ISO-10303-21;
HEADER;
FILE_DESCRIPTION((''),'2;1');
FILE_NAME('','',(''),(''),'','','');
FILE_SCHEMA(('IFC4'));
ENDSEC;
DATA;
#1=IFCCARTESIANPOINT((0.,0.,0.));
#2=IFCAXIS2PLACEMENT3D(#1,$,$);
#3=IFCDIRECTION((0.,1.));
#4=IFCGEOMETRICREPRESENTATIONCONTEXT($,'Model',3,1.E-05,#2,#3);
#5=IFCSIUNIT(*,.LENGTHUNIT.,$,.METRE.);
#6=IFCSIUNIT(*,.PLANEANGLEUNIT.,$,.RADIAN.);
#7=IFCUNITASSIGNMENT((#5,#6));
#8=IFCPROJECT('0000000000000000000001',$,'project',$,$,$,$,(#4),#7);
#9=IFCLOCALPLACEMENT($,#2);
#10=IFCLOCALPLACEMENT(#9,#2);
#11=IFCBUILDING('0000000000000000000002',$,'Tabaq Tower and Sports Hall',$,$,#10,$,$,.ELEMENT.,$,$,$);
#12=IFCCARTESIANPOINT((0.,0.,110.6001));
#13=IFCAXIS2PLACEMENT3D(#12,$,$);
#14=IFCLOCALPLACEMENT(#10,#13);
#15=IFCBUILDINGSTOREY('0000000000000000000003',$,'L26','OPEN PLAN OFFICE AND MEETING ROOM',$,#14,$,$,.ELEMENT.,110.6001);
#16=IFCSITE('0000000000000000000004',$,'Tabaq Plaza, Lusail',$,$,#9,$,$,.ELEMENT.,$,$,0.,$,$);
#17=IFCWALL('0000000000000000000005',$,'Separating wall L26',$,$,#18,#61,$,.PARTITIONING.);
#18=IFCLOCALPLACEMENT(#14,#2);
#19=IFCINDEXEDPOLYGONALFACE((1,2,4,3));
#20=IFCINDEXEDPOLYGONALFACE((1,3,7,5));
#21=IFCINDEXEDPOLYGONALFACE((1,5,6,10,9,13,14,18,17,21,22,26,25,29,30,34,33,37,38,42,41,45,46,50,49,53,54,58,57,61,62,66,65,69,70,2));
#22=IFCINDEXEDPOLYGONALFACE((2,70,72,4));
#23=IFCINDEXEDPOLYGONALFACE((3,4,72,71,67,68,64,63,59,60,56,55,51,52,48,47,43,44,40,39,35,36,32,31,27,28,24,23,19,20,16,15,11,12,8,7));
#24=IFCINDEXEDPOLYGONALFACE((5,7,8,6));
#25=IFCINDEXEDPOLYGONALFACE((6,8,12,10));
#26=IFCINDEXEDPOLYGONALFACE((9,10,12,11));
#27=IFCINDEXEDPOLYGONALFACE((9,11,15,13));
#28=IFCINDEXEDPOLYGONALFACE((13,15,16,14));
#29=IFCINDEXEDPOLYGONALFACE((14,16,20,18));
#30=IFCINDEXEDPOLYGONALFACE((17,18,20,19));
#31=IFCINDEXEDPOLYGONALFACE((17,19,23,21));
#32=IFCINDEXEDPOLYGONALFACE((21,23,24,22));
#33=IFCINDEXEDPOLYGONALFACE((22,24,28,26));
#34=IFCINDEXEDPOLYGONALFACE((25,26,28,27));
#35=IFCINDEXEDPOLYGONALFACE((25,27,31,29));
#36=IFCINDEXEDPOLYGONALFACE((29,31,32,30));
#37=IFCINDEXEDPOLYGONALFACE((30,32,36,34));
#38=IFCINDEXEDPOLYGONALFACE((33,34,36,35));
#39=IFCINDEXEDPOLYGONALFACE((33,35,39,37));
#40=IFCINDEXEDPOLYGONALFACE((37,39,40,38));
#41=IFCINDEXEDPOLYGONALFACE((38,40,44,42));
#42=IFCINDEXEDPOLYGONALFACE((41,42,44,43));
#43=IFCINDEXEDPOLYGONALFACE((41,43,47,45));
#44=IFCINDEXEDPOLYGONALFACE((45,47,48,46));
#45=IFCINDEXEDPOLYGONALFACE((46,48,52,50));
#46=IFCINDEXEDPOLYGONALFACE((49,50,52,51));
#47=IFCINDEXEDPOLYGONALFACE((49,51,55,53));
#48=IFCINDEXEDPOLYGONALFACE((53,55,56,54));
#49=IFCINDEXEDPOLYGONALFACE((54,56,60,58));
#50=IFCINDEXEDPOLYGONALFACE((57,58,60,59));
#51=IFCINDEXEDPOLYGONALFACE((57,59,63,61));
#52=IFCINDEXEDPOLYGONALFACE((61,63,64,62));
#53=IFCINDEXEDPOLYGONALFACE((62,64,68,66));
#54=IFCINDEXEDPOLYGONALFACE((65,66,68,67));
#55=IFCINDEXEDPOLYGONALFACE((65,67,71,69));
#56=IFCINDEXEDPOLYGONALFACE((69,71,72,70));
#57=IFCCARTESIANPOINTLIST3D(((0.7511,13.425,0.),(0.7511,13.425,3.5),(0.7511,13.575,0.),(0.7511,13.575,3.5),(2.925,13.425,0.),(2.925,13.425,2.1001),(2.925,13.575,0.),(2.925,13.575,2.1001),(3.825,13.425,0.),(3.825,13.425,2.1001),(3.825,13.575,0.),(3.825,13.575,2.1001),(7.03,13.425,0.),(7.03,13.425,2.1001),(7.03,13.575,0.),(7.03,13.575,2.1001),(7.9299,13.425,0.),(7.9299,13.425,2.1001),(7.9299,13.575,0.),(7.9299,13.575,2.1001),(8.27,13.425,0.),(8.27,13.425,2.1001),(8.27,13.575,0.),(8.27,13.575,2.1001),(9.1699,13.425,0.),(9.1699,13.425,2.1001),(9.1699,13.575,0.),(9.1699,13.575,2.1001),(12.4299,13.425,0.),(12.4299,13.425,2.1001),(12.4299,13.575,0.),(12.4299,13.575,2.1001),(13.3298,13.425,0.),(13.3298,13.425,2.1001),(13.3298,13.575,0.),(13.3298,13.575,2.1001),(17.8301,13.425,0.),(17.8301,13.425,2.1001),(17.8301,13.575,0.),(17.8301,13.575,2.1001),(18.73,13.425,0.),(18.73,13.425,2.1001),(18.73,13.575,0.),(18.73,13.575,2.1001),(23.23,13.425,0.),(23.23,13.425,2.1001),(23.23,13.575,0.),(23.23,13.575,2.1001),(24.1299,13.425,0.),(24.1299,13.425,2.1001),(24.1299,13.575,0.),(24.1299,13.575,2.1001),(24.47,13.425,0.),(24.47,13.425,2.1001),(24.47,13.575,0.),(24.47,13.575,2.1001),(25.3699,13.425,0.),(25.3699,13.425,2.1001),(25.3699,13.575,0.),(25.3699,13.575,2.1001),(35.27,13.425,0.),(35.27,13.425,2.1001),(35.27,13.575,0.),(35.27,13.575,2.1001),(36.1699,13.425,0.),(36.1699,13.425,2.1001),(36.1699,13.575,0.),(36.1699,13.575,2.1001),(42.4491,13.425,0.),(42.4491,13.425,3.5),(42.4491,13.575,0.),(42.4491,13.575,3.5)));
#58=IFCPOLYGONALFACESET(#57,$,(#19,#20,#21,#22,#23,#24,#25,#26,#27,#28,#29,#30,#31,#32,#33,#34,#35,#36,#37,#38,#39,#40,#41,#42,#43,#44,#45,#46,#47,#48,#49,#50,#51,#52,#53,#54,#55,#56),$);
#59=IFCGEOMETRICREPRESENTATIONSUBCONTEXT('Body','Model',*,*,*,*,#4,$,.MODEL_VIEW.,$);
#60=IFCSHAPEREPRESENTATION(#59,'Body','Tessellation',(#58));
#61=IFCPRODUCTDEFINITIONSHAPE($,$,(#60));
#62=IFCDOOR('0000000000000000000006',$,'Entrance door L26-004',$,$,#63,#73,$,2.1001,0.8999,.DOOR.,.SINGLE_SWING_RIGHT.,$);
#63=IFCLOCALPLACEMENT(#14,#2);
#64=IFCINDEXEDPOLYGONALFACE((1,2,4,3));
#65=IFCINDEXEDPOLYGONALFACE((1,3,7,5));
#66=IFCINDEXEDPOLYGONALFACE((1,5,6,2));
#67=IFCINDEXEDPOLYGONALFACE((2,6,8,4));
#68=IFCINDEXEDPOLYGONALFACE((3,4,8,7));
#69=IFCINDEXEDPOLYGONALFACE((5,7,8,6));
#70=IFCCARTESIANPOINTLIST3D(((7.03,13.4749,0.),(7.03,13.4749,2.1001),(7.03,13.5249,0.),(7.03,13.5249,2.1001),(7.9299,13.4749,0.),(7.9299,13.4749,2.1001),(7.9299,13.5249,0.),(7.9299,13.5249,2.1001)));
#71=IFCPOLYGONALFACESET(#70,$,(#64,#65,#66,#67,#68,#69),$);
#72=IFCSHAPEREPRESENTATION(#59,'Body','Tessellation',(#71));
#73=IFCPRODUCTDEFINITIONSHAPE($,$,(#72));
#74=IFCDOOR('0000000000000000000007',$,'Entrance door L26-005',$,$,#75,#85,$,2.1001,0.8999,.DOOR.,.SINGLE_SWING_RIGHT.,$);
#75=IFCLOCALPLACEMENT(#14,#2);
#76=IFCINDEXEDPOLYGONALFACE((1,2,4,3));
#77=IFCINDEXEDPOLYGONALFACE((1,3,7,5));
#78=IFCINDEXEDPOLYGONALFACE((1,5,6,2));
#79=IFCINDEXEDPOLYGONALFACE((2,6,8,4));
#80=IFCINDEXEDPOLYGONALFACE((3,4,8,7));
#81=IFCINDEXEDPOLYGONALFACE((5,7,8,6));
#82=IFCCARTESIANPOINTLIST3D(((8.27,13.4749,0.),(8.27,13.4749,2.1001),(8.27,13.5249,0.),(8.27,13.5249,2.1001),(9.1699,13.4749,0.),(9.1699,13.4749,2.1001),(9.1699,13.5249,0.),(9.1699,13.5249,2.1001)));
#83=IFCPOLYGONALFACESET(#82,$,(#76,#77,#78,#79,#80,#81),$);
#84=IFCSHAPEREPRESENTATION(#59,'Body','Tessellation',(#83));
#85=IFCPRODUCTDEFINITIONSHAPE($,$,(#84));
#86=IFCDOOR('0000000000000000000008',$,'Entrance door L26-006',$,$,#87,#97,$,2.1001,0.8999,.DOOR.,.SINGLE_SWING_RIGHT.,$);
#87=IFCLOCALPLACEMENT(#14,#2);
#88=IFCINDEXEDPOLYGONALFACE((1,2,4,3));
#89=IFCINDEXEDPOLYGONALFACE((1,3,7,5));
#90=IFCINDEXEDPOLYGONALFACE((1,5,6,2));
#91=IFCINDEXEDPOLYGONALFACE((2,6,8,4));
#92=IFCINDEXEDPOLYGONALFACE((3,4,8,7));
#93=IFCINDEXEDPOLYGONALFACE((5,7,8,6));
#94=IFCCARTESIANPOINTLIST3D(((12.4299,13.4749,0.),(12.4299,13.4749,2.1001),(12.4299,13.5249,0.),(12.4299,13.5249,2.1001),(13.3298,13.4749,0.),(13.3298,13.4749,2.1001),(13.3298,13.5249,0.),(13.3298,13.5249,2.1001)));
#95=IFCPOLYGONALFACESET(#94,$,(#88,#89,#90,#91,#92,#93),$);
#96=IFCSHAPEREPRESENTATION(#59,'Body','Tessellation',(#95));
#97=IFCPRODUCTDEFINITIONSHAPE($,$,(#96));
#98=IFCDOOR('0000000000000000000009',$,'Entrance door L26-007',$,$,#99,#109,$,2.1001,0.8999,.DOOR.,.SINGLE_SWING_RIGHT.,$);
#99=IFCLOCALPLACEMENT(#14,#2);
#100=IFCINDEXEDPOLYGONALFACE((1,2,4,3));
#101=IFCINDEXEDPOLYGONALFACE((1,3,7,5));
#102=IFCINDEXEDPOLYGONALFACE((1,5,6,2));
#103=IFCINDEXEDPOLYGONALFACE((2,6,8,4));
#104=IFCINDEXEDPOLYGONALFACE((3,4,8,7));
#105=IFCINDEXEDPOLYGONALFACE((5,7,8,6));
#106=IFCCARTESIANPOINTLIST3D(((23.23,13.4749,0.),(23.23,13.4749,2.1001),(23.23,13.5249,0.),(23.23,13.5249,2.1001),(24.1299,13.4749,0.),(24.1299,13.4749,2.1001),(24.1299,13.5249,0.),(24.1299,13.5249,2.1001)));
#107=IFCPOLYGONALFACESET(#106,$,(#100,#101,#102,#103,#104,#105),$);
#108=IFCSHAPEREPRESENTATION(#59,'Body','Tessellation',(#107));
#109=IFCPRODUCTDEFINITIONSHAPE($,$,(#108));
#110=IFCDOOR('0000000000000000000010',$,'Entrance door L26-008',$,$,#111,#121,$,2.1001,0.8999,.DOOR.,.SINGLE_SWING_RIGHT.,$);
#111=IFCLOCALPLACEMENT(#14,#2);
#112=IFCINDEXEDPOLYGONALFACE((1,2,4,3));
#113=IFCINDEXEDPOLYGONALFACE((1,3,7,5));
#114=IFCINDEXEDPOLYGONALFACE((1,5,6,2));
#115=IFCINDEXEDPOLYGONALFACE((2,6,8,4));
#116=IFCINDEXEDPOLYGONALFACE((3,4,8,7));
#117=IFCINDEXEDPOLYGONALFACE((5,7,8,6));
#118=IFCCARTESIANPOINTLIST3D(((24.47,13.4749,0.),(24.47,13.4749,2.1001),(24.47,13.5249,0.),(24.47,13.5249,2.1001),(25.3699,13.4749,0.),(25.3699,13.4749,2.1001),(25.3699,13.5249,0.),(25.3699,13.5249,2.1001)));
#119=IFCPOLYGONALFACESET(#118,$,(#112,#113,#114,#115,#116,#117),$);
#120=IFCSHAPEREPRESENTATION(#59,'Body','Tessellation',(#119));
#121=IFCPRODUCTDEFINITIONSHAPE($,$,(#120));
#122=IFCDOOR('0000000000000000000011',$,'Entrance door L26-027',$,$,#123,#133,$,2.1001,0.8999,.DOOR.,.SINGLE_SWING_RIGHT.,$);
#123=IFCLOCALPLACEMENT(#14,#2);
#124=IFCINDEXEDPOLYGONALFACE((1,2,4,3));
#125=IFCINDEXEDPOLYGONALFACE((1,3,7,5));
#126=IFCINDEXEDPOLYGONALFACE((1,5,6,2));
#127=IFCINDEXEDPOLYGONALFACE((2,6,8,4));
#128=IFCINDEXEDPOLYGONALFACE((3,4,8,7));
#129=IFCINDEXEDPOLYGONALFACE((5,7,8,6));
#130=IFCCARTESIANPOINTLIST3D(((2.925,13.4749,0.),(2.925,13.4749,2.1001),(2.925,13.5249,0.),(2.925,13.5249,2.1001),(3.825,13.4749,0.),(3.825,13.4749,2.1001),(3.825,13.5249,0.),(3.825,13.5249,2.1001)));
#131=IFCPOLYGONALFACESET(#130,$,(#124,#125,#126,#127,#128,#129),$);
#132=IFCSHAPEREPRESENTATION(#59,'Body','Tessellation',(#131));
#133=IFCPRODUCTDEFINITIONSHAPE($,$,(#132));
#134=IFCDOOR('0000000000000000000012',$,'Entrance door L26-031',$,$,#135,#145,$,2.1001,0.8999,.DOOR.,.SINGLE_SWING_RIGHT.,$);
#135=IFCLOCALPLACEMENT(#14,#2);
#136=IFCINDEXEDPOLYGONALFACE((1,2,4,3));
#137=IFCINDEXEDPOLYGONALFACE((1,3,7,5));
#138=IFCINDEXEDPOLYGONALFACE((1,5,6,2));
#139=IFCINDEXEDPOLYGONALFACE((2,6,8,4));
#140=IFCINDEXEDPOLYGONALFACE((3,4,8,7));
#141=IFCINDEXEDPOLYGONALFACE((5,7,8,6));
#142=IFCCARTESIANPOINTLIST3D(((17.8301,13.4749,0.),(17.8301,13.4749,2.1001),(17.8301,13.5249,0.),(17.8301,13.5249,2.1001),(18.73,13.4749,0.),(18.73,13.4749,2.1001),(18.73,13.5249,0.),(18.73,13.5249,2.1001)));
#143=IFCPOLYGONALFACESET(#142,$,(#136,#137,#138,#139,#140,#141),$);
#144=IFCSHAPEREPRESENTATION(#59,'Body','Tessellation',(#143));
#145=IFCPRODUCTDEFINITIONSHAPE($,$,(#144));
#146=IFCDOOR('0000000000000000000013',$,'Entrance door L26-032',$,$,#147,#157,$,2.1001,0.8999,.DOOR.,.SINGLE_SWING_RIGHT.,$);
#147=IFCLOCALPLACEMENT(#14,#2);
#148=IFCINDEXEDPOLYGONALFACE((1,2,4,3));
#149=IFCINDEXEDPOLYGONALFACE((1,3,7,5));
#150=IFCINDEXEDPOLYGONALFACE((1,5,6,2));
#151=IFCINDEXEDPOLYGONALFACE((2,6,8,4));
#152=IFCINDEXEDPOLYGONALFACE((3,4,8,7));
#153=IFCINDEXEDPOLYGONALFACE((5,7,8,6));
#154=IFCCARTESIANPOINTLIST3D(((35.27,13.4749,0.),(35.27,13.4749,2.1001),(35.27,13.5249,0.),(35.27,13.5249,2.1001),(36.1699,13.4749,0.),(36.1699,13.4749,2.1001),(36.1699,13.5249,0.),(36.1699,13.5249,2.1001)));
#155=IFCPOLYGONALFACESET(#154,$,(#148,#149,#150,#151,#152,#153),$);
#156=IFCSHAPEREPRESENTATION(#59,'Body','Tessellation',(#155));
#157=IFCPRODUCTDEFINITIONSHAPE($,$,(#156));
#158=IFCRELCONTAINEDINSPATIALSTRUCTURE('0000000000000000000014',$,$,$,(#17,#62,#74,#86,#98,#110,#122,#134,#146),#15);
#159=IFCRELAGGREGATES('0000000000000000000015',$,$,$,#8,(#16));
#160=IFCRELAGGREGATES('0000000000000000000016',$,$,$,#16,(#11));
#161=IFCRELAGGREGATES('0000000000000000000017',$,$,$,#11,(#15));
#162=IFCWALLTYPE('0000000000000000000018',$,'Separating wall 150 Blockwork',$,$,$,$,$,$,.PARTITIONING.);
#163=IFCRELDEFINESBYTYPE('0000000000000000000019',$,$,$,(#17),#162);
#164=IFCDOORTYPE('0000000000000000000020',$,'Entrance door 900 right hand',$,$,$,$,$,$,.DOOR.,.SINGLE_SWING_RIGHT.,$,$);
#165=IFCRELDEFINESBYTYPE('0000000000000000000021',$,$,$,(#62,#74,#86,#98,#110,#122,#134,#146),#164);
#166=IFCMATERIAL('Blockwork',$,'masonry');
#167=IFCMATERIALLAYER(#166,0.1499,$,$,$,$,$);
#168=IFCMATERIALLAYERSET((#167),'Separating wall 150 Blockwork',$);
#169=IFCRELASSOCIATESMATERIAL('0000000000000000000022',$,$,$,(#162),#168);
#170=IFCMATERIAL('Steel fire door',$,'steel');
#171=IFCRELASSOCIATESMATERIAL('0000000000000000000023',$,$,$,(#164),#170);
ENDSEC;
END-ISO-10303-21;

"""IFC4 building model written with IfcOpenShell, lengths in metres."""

from ifc_helpers import new_model, si_unit, direction, frame, frame_2d, origin, place, context, subcontext, project, spatial, rectangle, extrude, material, layer, layer_set, type_object, element, fill, save


model = new_model("IFC4")

# Units and contexts
model_context = context("Model", 3, precision=1e-05, world=origin(), true_north=direction((0.0, 1.0)))
body_context = subcontext(model_context, "Body", "Model", "MODEL_VIEW")
ifc_project = project(units=[si_unit("LENGTHUNIT", "METRE"), si_unit("PLANEANGLEUNIT", "RADIAN")], contexts=[model_context])

# Site, building, storey
site_placement = place(None, origin())
site = spatial("IfcSite", under=ifc_project, at=site_placement, Name="Tabaq Plaza, Lusail", CompositionType="ELEMENT", RefElevation=0.0)
building_placement = place(site_placement, origin())
building = spatial("IfcBuilding", under=site, at=building_placement, Name="Tabaq Tower and Sports Hall", CompositionType="ELEMENT")
storey_placement = place(building_placement, frame((0.0, 0.0, 110.6001)))
storey = spatial("IfcBuildingStorey", under=building, at=storey_placement, Name="L26", Description="OPEN PLAN OFFICE AND MEETING ROOM", CompositionType="ELEMENT", Elevation=110.6001)

# Shared definitions
ifc_material_1 = material(Name="Blockwork", Category="masonry")
ifc_layer_1 = layer(ifc_material_1, 0.1499)
ifc_layer_set_1 = layer_set([ifc_layer_1], Name="Separating wall 150 Blockwork")
wall_type_1 = type_object("IfcWallType", Name="Separating wall 150 Blockwork", PredefinedType="PARTITIONING", material=ifc_layer_set_1)

# Wall, openings, doors
wall_1_placement = place(storey_placement, frame((0.751, 13.5, 0.0), z_axis=(0.0, 0.0, 1.0), x_axis=(1.0, 0.0, 0.0)))
wall_1 = element("IfcWall", 1, at=wall_1_placement, inside=storey, type_object=wall_type_1, Name="Separating wall L26", PredefinedType="PARTITIONING", context=body_context, shape_type="SweptSolid", body=[
    extrude(rectangle(XDim=41.698, YDim=0.1499, at=frame_2d((20.8491, 0.0))), origin(), (0.0, 0.0, 1.0), 3.5),
])
opening_1_placement = place(wall_1_placement, frame((6.2791, 0.0, 0.0)))
opening_1 = element("IfcOpeningElement", 2, at=opening_1_placement, cuts=wall_1, PredefinedType="OPENING", context=body_context, shape_type="SweptSolid", body=[
    extrude(rectangle(XDim=0.8999, YDim=2.1001, at=frame_2d((0.45, 1.05))), frame((0.0, 0.075, 0.0), z_axis=(0.0, -1.0, 0.0), x_axis=(1.0, 0.0, 0.0)), (0.0, 0.0, 1.0), 0.1499),
])
opening_2_placement = place(wall_1_placement, frame((7.519, 0.0, 0.0)))
opening_2 = element("IfcOpeningElement", 3, at=opening_2_placement, cuts=wall_1, PredefinedType="OPENING", context=body_context, shape_type="SweptSolid", body=[
    extrude(rectangle(XDim=0.8999, YDim=2.1001, at=frame_2d((0.45, 1.05))), frame((0.0, 0.075, 0.0), z_axis=(0.0, -1.0, 0.0), x_axis=(1.0, 0.0, 0.0)), (0.0, 0.0, 1.0), 0.1499),
])
opening_3_placement = place(wall_1_placement, frame((11.679, 0.0, 0.0)))
opening_3 = element("IfcOpeningElement", 4, at=opening_3_placement, cuts=wall_1, PredefinedType="OPENING", context=body_context, shape_type="SweptSolid", body=[
    extrude(rectangle(XDim=0.8999, YDim=2.1001, at=frame_2d((0.45, 1.05))), frame((0.0, 0.075, 0.0), z_axis=(0.0, -1.0, 0.0), x_axis=(1.0, 0.0, 0.0)), (0.0, 0.0, 1.0), 0.1499),
])
opening_4_placement = place(wall_1_placement, frame((22.479, 0.0, 0.0)))
opening_4 = element("IfcOpeningElement", 5, at=opening_4_placement, cuts=wall_1, PredefinedType="OPENING", context=body_context, shape_type="SweptSolid", body=[
    extrude(rectangle(XDim=0.8999, YDim=2.1001, at=frame_2d((0.45, 1.05))), frame((0.0, 0.075, 0.0), z_axis=(0.0, -1.0, 0.0), x_axis=(1.0, 0.0, 0.0)), (0.0, 0.0, 1.0), 0.1499),
])
opening_5_placement = place(wall_1_placement, frame((23.719, 0.0, 0.0)))
opening_5 = element("IfcOpeningElement", 6, at=opening_5_placement, cuts=wall_1, PredefinedType="OPENING", context=body_context, shape_type="SweptSolid", body=[
    extrude(rectangle(XDim=0.8999, YDim=2.1001, at=frame_2d((0.45, 1.05))), frame((0.0, 0.075, 0.0), z_axis=(0.0, -1.0, 0.0), x_axis=(1.0, 0.0, 0.0)), (0.0, 0.0, 1.0), 0.1499),
])
opening_6_placement = place(wall_1_placement, frame((2.1741, 0.0, 0.0)))
opening_6 = element("IfcOpeningElement", 7, at=opening_6_placement, cuts=wall_1, PredefinedType="OPENING", context=body_context, shape_type="SweptSolid", body=[
    extrude(rectangle(XDim=0.8999, YDim=2.1001, at=frame_2d((0.45, 1.05))), frame((0.0, 0.075, 0.0), z_axis=(0.0, -1.0, 0.0), x_axis=(1.0, 0.0, 0.0)), (0.0, 0.0, 1.0), 0.1499),
])
opening_7_placement = place(wall_1_placement, frame((17.0791, 0.0, 0.0)))
opening_7 = element("IfcOpeningElement", 8, at=opening_7_placement, cuts=wall_1, PredefinedType="OPENING", context=body_context, shape_type="SweptSolid", body=[
    extrude(rectangle(XDim=0.8999, YDim=2.1001, at=frame_2d((0.45, 1.05))), frame((0.0, 0.075, 0.0), z_axis=(0.0, -1.0, 0.0), x_axis=(1.0, 0.0, 0.0)), (0.0, 0.0, 1.0), 0.1499),
])
opening_8_placement = place(wall_1_placement, frame((34.519, 0.0, 0.0)))
opening_8 = element("IfcOpeningElement", 9, at=opening_8_placement, cuts=wall_1, PredefinedType="OPENING", context=body_context, shape_type="SweptSolid", body=[
    extrude(rectangle(XDim=0.8999, YDim=2.1001, at=frame_2d((0.45, 1.05))), frame((0.0, 0.075, 0.0), z_axis=(0.0, -1.0, 0.0), x_axis=(1.0, 0.0, 0.0)), (0.0, 0.0, 1.0), 0.1499),
])
ifc_material_2 = material(Name="Steel fire door", Category="steel")
door_type = type_object("IfcDoorType", Name="Entrance door 900 right hand", OperationType="SINGLE_SWING_RIGHT", PredefinedType="DOOR", material=ifc_material_2)
door_1_placement = place(opening_1_placement, origin())
door_1 = element("IfcDoor", 10, at=door_1_placement, inside=storey, type_object=door_type, Name="Entrance door L26-004", OperationType="SINGLE_SWING_RIGHT", OverallHeight=2.1001, OverallWidth=0.8999, PredefinedType="DOOR", context=body_context, shape_type="SweptSolid", body=[
    extrude(rectangle(XDim=0.8999, YDim=2.1001, at=frame_2d((0.45, 1.05))), frame((0.0, 0.0249, 0.0), z_axis=(0.0, -1.0, 0.0), x_axis=(1.0, 0.0, 0.0)), (0.0, 0.0, 1.0), 0.05),
])
fill(opening_1, door_1)
door_2_placement = place(opening_2_placement, origin())
door_2 = element("IfcDoor", 11, at=door_2_placement, inside=storey, type_object=door_type, Name="Entrance door L26-005", OperationType="SINGLE_SWING_RIGHT", OverallHeight=2.1001, OverallWidth=0.8999, PredefinedType="DOOR", context=body_context, shape_type="SweptSolid", body=[
    extrude(rectangle(XDim=0.8999, YDim=2.1001, at=frame_2d((0.45, 1.05))), frame((0.0, 0.0249, 0.0), z_axis=(0.0, -1.0, 0.0), x_axis=(1.0, 0.0, 0.0)), (0.0, 0.0, 1.0), 0.05),
])
fill(opening_2, door_2)
door_3_placement = place(opening_3_placement, origin())
door_3 = element("IfcDoor", 12, at=door_3_placement, inside=storey, type_object=door_type, Name="Entrance door L26-006", OperationType="SINGLE_SWING_RIGHT", OverallHeight=2.1001, OverallWidth=0.8999, PredefinedType="DOOR", context=body_context, shape_type="SweptSolid", body=[
    extrude(rectangle(XDim=0.8999, YDim=2.1001, at=frame_2d((0.45, 1.05))), frame((0.0, 0.0249, 0.0), z_axis=(0.0, -1.0, 0.0), x_axis=(1.0, 0.0, 0.0)), (0.0, 0.0, 1.0), 0.05),
])
fill(opening_3, door_3)
door_4_placement = place(opening_4_placement, origin())
door_4 = element("IfcDoor", 13, at=door_4_placement, inside=storey, type_object=door_type, Name="Entrance door L26-007", OperationType="SINGLE_SWING_RIGHT", OverallHeight=2.1001, OverallWidth=0.8999, PredefinedType="DOOR", context=body_context, shape_type="SweptSolid", body=[
    extrude(rectangle(XDim=0.8999, YDim=2.1001, at=frame_2d((0.45, 1.05))), frame((0.0, 0.0249, 0.0), z_axis=(0.0, -1.0, 0.0), x_axis=(1.0, 0.0, 0.0)), (0.0, 0.0, 1.0), 0.05),
])
fill(opening_4, door_4)
door_5_placement = place(opening_5_placement, origin())
door_5 = element("IfcDoor", 14, at=door_5_placement, inside=storey, type_object=door_type, Name="Entrance door L26-008", OperationType="SINGLE_SWING_RIGHT", OverallHeight=2.1001, OverallWidth=0.8999, PredefinedType="DOOR", context=body_context, shape_type="SweptSolid", body=[
    extrude(rectangle(XDim=0.8999, YDim=2.1001, at=frame_2d((0.45, 1.05))), frame((0.0, 0.0249, 0.0), z_axis=(0.0, -1.0, 0.0), x_axis=(1.0, 0.0, 0.0)), (0.0, 0.0, 1.0), 0.05),
])
fill(opening_5, door_5)
door_6_placement = place(opening_6_placement, origin())
door_6 = element("IfcDoor", 15, at=door_6_placement, inside=storey, type_object=door_type, Name="Entrance door L26-027", OperationType="SINGLE_SWING_RIGHT", OverallHeight=2.1001, OverallWidth=0.8999, PredefinedType="DOOR", context=body_context, shape_type="SweptSolid", body=[
    extrude(rectangle(XDim=0.8999, YDim=2.1001, at=frame_2d((0.45, 1.05))), frame((0.0, 0.0249, 0.0), z_axis=(0.0, -1.0, 0.0), x_axis=(1.0, 0.0, 0.0)), (0.0, 0.0, 1.0), 0.05),
])
fill(opening_6, door_6)
door_7_placement = place(opening_7_placement, origin())
door_7 = element("IfcDoor", 16, at=door_7_placement, inside=storey, type_object=door_type, Name="Entrance door L26-031", OperationType="SINGLE_SWING_RIGHT", OverallHeight=2.1001, OverallWidth=0.8999, PredefinedType="DOOR", context=body_context, shape_type="SweptSolid", body=[
    extrude(rectangle(XDim=0.8999, YDim=2.1001, at=frame_2d((0.45, 1.05))), frame((0.0, 0.0249, 0.0), z_axis=(0.0, -1.0, 0.0), x_axis=(1.0, 0.0, 0.0)), (0.0, 0.0, 1.0), 0.05),
])
fill(opening_7, door_7)
door_8_placement = place(opening_8_placement, origin())
door_8 = element("IfcDoor", 17, at=door_8_placement, inside=storey, type_object=door_type, Name="Entrance door L26-032", OperationType="SINGLE_SWING_RIGHT", OverallHeight=2.1001, OverallWidth=0.8999, PredefinedType="DOOR", context=body_context, shape_type="SweptSolid", body=[
    extrude(rectangle(XDim=0.8999, YDim=2.1001, at=frame_2d((0.45, 1.05))), frame((0.0, 0.0249, 0.0), z_axis=(0.0, -1.0, 0.0), x_axis=(1.0, 0.0, 0.0)), (0.0, 0.0, 1.0), 0.05),
])
fill(opening_8, door_8)

save(model, "model.ifc")
